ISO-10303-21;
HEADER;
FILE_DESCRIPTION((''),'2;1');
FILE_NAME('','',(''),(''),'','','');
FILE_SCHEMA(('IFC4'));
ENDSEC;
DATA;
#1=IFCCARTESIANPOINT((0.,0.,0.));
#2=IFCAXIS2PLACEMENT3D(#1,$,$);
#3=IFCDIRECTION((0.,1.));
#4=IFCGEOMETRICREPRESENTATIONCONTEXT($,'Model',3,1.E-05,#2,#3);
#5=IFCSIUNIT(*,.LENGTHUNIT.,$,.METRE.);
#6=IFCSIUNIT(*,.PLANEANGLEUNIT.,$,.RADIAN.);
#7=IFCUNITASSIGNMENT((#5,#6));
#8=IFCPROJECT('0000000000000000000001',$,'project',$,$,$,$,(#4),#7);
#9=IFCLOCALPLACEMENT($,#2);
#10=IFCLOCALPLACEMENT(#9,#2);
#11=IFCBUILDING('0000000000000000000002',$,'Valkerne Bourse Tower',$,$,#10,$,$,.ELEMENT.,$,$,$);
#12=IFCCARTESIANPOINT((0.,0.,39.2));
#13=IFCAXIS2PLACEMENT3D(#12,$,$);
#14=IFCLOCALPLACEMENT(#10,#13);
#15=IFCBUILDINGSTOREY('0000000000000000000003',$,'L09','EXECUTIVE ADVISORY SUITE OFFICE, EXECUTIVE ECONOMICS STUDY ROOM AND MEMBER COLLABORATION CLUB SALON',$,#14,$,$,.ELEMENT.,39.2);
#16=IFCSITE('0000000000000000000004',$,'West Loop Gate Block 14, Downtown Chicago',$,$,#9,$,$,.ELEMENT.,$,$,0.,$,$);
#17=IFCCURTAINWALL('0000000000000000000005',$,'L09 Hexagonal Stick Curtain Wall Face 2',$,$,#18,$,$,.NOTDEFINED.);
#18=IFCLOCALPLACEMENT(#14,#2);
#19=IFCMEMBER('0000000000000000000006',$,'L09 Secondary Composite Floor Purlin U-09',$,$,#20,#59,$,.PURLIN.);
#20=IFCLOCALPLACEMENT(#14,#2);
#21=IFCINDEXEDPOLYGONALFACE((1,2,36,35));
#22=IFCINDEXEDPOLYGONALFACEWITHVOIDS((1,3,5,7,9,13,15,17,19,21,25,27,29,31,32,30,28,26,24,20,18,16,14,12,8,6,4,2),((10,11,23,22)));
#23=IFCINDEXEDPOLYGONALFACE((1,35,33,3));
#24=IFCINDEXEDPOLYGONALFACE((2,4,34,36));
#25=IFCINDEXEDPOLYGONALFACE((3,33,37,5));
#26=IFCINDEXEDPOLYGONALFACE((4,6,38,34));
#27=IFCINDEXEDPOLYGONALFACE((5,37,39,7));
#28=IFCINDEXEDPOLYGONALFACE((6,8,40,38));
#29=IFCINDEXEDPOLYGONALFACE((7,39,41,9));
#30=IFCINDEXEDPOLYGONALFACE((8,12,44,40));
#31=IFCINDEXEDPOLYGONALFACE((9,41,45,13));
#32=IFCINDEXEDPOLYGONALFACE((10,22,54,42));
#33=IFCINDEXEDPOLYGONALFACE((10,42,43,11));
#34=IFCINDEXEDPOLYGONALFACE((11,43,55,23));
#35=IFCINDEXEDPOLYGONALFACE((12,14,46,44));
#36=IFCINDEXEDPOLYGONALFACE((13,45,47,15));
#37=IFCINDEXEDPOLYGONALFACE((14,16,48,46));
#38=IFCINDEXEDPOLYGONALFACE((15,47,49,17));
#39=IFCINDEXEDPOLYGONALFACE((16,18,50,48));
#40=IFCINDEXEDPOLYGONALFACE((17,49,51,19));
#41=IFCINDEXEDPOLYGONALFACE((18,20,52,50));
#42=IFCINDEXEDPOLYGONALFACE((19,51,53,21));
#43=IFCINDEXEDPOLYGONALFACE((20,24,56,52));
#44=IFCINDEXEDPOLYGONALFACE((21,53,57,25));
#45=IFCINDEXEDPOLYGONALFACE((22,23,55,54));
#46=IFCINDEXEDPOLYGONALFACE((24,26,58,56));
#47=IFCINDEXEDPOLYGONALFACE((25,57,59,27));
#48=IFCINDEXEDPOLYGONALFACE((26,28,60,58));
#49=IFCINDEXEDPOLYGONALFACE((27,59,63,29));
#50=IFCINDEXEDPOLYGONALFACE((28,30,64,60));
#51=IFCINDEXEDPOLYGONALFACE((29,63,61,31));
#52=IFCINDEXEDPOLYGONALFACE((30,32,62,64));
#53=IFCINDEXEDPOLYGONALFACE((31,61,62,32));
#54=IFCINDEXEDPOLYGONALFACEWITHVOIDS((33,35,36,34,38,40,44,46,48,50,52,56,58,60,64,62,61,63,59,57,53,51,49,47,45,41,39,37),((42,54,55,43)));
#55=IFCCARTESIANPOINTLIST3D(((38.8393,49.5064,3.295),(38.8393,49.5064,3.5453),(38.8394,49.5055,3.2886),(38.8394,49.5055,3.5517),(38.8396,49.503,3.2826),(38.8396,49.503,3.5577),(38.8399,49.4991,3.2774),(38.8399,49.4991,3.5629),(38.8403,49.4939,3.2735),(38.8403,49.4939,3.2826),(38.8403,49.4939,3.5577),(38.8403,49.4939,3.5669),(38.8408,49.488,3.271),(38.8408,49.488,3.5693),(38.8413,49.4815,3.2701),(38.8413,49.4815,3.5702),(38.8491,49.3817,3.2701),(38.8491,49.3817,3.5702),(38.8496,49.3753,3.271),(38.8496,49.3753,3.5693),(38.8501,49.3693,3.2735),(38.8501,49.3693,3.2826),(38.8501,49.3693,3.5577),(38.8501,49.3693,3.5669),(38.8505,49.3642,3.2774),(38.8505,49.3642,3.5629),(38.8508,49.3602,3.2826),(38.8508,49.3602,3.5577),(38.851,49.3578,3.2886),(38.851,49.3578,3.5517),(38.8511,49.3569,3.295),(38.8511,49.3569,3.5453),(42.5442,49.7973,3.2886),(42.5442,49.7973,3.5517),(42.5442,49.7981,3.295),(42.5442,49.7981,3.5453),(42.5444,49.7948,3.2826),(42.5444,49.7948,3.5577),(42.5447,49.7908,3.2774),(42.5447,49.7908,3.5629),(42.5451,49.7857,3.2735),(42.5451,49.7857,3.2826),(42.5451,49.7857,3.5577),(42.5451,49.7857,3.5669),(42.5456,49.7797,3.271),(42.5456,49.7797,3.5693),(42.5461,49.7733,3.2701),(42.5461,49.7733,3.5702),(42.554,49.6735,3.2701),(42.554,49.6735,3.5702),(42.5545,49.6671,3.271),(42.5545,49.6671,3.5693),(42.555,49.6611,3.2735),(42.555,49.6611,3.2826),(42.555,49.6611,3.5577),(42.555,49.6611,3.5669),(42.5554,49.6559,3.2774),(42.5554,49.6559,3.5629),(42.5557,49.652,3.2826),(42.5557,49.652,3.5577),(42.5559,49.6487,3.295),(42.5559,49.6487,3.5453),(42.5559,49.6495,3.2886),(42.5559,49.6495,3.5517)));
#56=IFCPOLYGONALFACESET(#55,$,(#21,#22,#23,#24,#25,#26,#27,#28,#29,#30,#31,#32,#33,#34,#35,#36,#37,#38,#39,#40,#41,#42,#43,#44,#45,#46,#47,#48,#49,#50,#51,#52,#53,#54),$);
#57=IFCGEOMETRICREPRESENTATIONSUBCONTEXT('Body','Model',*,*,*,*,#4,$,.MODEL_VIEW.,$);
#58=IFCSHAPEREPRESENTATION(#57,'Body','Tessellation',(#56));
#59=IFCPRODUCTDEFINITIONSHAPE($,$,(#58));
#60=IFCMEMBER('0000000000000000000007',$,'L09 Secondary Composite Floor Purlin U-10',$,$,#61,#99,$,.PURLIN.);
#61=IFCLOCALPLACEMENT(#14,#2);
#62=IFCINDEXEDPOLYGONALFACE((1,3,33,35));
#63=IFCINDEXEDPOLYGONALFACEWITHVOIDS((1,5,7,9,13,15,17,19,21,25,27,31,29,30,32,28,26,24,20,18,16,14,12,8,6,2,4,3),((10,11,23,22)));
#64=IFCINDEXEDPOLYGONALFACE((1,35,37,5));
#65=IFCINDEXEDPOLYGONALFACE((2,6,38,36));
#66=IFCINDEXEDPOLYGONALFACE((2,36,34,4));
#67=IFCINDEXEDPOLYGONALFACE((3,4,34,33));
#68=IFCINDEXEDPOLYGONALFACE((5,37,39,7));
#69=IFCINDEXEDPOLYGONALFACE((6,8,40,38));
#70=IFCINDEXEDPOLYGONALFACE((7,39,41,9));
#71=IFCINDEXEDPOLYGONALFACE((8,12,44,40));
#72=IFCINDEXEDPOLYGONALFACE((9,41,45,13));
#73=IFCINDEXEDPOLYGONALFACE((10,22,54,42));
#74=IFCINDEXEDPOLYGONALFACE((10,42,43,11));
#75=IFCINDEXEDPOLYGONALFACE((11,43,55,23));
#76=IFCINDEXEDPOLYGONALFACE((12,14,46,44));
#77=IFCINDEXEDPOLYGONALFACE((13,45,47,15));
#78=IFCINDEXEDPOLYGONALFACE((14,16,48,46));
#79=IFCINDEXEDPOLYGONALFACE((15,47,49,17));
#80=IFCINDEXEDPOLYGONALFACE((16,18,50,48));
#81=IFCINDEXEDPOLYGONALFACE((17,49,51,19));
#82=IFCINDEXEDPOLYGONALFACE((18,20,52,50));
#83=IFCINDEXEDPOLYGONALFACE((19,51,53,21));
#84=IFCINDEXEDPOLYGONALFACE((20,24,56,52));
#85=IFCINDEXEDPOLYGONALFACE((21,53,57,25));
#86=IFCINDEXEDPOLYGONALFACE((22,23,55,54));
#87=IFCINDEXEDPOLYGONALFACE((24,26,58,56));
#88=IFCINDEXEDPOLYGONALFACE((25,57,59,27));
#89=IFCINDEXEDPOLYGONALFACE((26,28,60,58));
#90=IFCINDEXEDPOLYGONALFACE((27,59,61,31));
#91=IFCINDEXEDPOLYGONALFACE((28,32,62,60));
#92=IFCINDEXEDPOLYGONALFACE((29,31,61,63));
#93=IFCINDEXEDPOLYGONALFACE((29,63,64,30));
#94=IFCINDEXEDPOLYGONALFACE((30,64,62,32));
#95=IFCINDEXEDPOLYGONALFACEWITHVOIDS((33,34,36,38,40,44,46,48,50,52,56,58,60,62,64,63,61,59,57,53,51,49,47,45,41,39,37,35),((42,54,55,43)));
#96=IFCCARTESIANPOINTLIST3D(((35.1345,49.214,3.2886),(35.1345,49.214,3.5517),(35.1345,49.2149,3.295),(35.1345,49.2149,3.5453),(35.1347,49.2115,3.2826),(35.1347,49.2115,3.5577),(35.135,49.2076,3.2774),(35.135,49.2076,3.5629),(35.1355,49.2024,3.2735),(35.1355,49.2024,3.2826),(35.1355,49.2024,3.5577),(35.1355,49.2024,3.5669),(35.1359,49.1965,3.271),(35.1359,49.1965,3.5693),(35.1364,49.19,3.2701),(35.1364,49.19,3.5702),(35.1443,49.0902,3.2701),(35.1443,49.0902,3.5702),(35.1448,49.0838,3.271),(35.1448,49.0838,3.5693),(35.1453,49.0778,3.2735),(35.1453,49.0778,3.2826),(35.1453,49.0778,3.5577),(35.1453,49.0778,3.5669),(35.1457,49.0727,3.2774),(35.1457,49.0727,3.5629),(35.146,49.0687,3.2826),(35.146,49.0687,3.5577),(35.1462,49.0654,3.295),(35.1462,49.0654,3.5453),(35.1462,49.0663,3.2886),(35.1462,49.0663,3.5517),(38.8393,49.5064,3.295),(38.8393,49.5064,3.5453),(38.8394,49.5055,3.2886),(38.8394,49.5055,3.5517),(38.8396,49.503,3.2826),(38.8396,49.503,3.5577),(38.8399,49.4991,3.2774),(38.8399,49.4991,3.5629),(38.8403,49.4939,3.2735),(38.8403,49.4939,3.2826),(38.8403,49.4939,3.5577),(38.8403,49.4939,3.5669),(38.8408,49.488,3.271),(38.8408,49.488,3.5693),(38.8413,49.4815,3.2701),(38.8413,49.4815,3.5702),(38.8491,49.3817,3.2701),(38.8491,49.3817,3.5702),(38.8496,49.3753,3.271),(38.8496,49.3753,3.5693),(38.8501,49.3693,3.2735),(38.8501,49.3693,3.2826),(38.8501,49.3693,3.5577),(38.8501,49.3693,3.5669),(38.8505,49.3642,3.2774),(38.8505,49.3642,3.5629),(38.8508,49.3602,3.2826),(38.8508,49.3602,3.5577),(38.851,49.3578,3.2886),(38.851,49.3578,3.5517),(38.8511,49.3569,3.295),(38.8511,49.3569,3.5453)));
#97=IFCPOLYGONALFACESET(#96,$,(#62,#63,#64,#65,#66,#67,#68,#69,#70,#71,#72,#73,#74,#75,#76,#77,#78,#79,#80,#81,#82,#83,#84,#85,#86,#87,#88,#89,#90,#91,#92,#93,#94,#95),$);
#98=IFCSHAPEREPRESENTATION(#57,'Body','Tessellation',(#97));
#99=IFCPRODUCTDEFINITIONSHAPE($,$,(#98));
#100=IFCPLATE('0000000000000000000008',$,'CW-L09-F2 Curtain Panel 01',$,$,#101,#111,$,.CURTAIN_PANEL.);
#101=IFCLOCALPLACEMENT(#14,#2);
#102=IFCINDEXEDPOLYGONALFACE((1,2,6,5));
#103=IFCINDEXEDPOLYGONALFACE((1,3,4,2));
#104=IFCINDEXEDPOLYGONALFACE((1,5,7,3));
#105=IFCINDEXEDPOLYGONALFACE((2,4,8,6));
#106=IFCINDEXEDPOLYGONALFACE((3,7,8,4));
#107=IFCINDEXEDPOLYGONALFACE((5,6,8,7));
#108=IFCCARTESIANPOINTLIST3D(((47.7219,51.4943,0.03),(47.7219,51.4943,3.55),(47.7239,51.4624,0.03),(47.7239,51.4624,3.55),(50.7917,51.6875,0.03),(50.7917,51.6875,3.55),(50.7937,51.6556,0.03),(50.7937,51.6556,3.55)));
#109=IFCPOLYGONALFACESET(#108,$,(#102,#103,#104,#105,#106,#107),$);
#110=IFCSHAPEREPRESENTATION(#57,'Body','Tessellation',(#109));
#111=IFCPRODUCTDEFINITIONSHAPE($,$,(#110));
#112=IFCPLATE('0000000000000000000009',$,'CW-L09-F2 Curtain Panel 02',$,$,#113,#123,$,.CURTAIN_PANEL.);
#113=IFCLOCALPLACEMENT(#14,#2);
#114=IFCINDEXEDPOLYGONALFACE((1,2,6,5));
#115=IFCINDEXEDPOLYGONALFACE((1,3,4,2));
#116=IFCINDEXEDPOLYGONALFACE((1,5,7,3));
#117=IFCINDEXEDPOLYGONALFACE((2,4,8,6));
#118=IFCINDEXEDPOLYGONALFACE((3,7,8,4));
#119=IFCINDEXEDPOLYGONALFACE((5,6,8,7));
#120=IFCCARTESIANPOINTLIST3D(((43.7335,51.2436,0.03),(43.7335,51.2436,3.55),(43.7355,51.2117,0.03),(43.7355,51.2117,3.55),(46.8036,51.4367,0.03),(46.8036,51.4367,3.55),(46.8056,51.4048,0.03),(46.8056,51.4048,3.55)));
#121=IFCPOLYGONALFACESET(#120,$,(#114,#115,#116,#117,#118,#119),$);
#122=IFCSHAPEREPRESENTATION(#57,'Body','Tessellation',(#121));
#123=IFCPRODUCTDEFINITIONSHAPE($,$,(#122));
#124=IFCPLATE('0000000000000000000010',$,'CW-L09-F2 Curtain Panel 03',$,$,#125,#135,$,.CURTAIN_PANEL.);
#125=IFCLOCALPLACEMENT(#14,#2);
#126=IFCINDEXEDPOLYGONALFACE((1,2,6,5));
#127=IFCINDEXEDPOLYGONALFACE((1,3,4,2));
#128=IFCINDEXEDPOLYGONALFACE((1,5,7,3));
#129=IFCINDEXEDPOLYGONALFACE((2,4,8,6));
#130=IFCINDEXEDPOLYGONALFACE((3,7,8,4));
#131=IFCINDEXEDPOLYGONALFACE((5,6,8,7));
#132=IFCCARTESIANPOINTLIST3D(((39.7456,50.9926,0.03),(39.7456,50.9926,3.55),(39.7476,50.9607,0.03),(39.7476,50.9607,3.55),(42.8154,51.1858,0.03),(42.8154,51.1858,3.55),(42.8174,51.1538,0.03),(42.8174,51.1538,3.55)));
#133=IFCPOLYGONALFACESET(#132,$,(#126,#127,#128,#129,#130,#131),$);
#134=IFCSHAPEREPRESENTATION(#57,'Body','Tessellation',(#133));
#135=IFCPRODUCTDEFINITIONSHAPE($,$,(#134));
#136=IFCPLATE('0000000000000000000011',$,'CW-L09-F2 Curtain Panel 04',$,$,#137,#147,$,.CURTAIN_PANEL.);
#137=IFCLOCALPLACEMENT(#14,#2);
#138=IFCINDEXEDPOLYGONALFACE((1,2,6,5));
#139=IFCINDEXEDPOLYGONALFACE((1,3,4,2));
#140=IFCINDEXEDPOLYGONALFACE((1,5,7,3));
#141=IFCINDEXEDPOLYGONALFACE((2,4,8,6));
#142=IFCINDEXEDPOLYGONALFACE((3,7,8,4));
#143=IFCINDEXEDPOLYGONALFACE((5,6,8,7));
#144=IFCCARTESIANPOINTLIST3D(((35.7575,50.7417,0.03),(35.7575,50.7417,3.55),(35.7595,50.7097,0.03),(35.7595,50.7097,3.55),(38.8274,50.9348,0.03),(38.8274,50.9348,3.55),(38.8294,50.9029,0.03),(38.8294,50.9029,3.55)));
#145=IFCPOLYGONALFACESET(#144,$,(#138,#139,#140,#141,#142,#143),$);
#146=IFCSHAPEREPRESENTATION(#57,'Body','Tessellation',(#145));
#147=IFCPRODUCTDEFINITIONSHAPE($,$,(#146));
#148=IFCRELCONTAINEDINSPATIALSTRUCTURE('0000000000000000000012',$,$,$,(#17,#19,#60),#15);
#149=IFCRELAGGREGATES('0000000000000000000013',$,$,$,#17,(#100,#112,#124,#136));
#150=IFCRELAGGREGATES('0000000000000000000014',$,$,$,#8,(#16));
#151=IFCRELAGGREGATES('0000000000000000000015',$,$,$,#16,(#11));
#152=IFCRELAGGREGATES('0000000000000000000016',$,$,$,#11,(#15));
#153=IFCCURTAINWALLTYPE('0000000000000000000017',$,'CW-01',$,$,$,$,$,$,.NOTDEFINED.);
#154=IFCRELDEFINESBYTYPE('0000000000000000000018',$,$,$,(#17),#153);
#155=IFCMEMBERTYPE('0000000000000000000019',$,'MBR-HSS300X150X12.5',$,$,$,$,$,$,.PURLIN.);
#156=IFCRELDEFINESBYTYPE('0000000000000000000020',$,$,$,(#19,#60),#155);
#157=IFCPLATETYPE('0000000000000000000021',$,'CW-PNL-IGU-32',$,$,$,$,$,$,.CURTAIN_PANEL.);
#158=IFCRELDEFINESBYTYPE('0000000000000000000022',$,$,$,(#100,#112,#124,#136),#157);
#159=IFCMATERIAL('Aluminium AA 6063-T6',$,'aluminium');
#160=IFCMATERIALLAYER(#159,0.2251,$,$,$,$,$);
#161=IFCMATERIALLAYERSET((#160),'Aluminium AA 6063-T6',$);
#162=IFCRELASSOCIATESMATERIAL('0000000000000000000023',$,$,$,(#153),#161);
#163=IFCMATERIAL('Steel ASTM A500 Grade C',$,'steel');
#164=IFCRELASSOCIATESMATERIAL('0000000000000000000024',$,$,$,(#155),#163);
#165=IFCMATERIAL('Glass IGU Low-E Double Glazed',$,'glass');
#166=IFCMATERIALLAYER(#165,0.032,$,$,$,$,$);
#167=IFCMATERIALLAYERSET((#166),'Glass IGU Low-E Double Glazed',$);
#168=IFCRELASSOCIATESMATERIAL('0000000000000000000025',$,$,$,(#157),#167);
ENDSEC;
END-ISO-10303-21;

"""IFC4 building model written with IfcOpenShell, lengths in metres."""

from ifc_helpers import new_model, si_unit, direction, frame, origin, origin_2d, place, context, subcontext, project, spatial, rectangle, hollow_rectangle, extrude, material, layer, layer_set, material_profile, profile_set, type_object, element, aggregate, save


model = new_model("IFC4")

# Units and contexts
model_context = context("Model", 3, precision=1e-05, world=origin(), true_north=direction((0.0, 1.0)))
body_context = subcontext(model_context, "Body", "Model", "MODEL_VIEW")
ifc_project = project(units=[si_unit("LENGTHUNIT", "METRE"), si_unit("PLANEANGLEUNIT", "RADIAN")], contexts=[model_context])

# Site, building, storey
site_placement = place(None, origin())
site = spatial("IfcSite", under=ifc_project, at=site_placement, Name="West Loop Gate Block 14, Downtown Chicago", CompositionType="ELEMENT", RefElevation=0.0)
building_placement = place(site_placement, origin())
building = spatial("IfcBuilding", under=site, at=building_placement, Name="Valkerne Bourse Tower", CompositionType="ELEMENT")
storey_placement = place(building_placement, frame((0.0, 0.0, 39.2)))
storey = spatial("IfcBuildingStorey", under=building, at=storey_placement, Name="L09", Description="EXECUTIVE ADVISORY SUITE OFFICE, EXECUTIVE ECONOMICS STUDY ROOM AND MEMBER COLLABORATION CLUB SALON", CompositionType="ELEMENT", Elevation=39.2)

# Curtain wall
ifc_material_1 = material(Name="Aluminium AA 6063-T6", Category="aluminium")
ifc_layer_1 = layer(ifc_material_1, 0.2251)
ifc_layer_set_1 = layer_set([ifc_layer_1], Name="Aluminium AA 6063-T6")
curtain_wall_type = type_object("IfcCurtainWallType", Name="CW-01", PredefinedType="NOTDEFINED", material=ifc_layer_set_1)
curtain_wall_placement = place(storey_placement, origin())
curtain_wall = element("IfcCurtainWall", 1, at=curtain_wall_placement, inside=storey, type_object=curtain_wall_type, Name="L09 Hexagonal Stick Curtain Wall Face 2", PredefinedType="NOTDEFINED")

# Members
ifc_material_2 = material(Name="Steel ASTM A500 Grade C", Category="steel")
ifc_material_profile_1 = material_profile(ifc_material_2, hollow_rectangle(XDim=0.1499, YDim=0.3, WallThickness=0.0125, OuterFilletRadius=0.0249, at=origin_2d()), Name="HSS300X150X12.5")
ifc_profile_set_1 = profile_set([ifc_material_profile_1], Name="Steel ASTM A500 Grade C")
member_type_1 = type_object("IfcMemberType", Name="MBR-HSS300X150X12.5", PredefinedType="PURLIN", material=ifc_profile_set_1)
for number, where, z_axis, x_axis, name in (
    (2, (42.55, 49.7234, 3.4202), (-0.996914, -0.078505, 0.0), (0.078505, -0.996914, 0.0), "L09 Secondary Composite Floor Purlin U-09"),
    (3, (38.8452, 49.4316, 3.4202), (-0.996919, -0.07844, 0.0), (0.07844, -0.996919, 0.0), "L09 Secondary Composite Floor Purlin U-10"),
):
    element("IfcMember", number, at=place(storey_placement, frame(where, z_axis=z_axis, x_axis=x_axis)), inside=storey, type_object=member_type_1, Name=name, PredefinedType="PURLIN", context=body_context, shape_type="SweptSolid", body=[
        extrude(hollow_rectangle(XDim=0.1499, YDim=0.3, WallThickness=0.0125, OuterFilletRadius=0.0249, at=origin_2d()), origin(), (0.0, 0.0, 1.0), 3.7163),
    ])

# Plates
ifc_material_3 = material(Name="Glass IGU Low-E Double Glazed", Category="glass")
ifc_layer_2 = layer(ifc_material_3, 0.032)
ifc_layer_set_2 = layer_set([ifc_layer_2], Name="Glass IGU Low-E Double Glazed")
plate_type = type_object("IfcPlateType", Name="CW-PNL-IGU-32", PredefinedType="CURTAIN_PANEL", material=ifc_layer_set_2)
plate_1_placement = place(storey_placement, frame((49.2578, 51.575, 0.03), z_axis=(0.0, 0.0, 1.0), x_axis=(-0.998027, -0.062788, 0.0)))
plate_1 = element("IfcPlate", 4, at=plate_1_placement, type_object=plate_type, Name="CW-L09-F2 Curtain Panel 01", PredefinedType="CURTAIN_PANEL", context=body_context, shape_type="SweptSolid", body=[
    extrude(rectangle(XDim=3.0759, YDim=0.032, at=origin_2d()), origin(), (0.0, 0.0, 1.0), 3.52),
])
plate_2_placement = place(storey_placement, frame((45.2695, 51.3242, 0.03), z_axis=(0.0, 0.0, 1.0), x_axis=(-0.998027, -0.062786, 0.0)))
plate_2 = element("IfcPlate", 5, at=plate_2_placement, type_object=plate_type, Name="CW-L09-F2 Curtain Panel 02", PredefinedType="CURTAIN_PANEL", context=body_context, shape_type="SweptSolid", body=[
    extrude(rectangle(XDim=3.0762, YDim=0.032, at=origin_2d()), origin(), (0.0, 0.0, 1.0), 3.52),
])
plate_3_placement = place(storey_placement, frame((41.2815, 51.0732, 0.03), z_axis=(0.0, 0.0, 1.0), x_axis=(-0.998027, -0.062788, 0.0)))
plate_3 = element("IfcPlate", 6, at=plate_3_placement, type_object=plate_type, Name="CW-L09-F2 Curtain Panel 03", PredefinedType="CURTAIN_PANEL", context=body_context, shape_type="SweptSolid", body=[
    extrude(rectangle(XDim=3.0759, YDim=0.032, at=origin_2d()), origin(), (0.0, 0.0, 1.0), 3.52),
])
plate_4_placement = place(storey_placement, frame((37.2935, 50.8223, 0.03), z_axis=(0.0, 0.0, 1.0), x_axis=(-0.998027, -0.062788, 0.0)))
plate_4 = element("IfcPlate", 7, at=plate_4_placement, type_object=plate_type, Name="CW-L09-F2 Curtain Panel 04", PredefinedType="CURTAIN_PANEL", context=body_context, shape_type="SweptSolid", body=[
    extrude(rectangle(XDim=3.0759, YDim=0.032, at=origin_2d()), origin(), (0.0, 0.0, 1.0), 3.52),
])
aggregate(curtain_wall, [plate_1, plate_2, plate_3, plate_4])

save(model, "model.ifc")
